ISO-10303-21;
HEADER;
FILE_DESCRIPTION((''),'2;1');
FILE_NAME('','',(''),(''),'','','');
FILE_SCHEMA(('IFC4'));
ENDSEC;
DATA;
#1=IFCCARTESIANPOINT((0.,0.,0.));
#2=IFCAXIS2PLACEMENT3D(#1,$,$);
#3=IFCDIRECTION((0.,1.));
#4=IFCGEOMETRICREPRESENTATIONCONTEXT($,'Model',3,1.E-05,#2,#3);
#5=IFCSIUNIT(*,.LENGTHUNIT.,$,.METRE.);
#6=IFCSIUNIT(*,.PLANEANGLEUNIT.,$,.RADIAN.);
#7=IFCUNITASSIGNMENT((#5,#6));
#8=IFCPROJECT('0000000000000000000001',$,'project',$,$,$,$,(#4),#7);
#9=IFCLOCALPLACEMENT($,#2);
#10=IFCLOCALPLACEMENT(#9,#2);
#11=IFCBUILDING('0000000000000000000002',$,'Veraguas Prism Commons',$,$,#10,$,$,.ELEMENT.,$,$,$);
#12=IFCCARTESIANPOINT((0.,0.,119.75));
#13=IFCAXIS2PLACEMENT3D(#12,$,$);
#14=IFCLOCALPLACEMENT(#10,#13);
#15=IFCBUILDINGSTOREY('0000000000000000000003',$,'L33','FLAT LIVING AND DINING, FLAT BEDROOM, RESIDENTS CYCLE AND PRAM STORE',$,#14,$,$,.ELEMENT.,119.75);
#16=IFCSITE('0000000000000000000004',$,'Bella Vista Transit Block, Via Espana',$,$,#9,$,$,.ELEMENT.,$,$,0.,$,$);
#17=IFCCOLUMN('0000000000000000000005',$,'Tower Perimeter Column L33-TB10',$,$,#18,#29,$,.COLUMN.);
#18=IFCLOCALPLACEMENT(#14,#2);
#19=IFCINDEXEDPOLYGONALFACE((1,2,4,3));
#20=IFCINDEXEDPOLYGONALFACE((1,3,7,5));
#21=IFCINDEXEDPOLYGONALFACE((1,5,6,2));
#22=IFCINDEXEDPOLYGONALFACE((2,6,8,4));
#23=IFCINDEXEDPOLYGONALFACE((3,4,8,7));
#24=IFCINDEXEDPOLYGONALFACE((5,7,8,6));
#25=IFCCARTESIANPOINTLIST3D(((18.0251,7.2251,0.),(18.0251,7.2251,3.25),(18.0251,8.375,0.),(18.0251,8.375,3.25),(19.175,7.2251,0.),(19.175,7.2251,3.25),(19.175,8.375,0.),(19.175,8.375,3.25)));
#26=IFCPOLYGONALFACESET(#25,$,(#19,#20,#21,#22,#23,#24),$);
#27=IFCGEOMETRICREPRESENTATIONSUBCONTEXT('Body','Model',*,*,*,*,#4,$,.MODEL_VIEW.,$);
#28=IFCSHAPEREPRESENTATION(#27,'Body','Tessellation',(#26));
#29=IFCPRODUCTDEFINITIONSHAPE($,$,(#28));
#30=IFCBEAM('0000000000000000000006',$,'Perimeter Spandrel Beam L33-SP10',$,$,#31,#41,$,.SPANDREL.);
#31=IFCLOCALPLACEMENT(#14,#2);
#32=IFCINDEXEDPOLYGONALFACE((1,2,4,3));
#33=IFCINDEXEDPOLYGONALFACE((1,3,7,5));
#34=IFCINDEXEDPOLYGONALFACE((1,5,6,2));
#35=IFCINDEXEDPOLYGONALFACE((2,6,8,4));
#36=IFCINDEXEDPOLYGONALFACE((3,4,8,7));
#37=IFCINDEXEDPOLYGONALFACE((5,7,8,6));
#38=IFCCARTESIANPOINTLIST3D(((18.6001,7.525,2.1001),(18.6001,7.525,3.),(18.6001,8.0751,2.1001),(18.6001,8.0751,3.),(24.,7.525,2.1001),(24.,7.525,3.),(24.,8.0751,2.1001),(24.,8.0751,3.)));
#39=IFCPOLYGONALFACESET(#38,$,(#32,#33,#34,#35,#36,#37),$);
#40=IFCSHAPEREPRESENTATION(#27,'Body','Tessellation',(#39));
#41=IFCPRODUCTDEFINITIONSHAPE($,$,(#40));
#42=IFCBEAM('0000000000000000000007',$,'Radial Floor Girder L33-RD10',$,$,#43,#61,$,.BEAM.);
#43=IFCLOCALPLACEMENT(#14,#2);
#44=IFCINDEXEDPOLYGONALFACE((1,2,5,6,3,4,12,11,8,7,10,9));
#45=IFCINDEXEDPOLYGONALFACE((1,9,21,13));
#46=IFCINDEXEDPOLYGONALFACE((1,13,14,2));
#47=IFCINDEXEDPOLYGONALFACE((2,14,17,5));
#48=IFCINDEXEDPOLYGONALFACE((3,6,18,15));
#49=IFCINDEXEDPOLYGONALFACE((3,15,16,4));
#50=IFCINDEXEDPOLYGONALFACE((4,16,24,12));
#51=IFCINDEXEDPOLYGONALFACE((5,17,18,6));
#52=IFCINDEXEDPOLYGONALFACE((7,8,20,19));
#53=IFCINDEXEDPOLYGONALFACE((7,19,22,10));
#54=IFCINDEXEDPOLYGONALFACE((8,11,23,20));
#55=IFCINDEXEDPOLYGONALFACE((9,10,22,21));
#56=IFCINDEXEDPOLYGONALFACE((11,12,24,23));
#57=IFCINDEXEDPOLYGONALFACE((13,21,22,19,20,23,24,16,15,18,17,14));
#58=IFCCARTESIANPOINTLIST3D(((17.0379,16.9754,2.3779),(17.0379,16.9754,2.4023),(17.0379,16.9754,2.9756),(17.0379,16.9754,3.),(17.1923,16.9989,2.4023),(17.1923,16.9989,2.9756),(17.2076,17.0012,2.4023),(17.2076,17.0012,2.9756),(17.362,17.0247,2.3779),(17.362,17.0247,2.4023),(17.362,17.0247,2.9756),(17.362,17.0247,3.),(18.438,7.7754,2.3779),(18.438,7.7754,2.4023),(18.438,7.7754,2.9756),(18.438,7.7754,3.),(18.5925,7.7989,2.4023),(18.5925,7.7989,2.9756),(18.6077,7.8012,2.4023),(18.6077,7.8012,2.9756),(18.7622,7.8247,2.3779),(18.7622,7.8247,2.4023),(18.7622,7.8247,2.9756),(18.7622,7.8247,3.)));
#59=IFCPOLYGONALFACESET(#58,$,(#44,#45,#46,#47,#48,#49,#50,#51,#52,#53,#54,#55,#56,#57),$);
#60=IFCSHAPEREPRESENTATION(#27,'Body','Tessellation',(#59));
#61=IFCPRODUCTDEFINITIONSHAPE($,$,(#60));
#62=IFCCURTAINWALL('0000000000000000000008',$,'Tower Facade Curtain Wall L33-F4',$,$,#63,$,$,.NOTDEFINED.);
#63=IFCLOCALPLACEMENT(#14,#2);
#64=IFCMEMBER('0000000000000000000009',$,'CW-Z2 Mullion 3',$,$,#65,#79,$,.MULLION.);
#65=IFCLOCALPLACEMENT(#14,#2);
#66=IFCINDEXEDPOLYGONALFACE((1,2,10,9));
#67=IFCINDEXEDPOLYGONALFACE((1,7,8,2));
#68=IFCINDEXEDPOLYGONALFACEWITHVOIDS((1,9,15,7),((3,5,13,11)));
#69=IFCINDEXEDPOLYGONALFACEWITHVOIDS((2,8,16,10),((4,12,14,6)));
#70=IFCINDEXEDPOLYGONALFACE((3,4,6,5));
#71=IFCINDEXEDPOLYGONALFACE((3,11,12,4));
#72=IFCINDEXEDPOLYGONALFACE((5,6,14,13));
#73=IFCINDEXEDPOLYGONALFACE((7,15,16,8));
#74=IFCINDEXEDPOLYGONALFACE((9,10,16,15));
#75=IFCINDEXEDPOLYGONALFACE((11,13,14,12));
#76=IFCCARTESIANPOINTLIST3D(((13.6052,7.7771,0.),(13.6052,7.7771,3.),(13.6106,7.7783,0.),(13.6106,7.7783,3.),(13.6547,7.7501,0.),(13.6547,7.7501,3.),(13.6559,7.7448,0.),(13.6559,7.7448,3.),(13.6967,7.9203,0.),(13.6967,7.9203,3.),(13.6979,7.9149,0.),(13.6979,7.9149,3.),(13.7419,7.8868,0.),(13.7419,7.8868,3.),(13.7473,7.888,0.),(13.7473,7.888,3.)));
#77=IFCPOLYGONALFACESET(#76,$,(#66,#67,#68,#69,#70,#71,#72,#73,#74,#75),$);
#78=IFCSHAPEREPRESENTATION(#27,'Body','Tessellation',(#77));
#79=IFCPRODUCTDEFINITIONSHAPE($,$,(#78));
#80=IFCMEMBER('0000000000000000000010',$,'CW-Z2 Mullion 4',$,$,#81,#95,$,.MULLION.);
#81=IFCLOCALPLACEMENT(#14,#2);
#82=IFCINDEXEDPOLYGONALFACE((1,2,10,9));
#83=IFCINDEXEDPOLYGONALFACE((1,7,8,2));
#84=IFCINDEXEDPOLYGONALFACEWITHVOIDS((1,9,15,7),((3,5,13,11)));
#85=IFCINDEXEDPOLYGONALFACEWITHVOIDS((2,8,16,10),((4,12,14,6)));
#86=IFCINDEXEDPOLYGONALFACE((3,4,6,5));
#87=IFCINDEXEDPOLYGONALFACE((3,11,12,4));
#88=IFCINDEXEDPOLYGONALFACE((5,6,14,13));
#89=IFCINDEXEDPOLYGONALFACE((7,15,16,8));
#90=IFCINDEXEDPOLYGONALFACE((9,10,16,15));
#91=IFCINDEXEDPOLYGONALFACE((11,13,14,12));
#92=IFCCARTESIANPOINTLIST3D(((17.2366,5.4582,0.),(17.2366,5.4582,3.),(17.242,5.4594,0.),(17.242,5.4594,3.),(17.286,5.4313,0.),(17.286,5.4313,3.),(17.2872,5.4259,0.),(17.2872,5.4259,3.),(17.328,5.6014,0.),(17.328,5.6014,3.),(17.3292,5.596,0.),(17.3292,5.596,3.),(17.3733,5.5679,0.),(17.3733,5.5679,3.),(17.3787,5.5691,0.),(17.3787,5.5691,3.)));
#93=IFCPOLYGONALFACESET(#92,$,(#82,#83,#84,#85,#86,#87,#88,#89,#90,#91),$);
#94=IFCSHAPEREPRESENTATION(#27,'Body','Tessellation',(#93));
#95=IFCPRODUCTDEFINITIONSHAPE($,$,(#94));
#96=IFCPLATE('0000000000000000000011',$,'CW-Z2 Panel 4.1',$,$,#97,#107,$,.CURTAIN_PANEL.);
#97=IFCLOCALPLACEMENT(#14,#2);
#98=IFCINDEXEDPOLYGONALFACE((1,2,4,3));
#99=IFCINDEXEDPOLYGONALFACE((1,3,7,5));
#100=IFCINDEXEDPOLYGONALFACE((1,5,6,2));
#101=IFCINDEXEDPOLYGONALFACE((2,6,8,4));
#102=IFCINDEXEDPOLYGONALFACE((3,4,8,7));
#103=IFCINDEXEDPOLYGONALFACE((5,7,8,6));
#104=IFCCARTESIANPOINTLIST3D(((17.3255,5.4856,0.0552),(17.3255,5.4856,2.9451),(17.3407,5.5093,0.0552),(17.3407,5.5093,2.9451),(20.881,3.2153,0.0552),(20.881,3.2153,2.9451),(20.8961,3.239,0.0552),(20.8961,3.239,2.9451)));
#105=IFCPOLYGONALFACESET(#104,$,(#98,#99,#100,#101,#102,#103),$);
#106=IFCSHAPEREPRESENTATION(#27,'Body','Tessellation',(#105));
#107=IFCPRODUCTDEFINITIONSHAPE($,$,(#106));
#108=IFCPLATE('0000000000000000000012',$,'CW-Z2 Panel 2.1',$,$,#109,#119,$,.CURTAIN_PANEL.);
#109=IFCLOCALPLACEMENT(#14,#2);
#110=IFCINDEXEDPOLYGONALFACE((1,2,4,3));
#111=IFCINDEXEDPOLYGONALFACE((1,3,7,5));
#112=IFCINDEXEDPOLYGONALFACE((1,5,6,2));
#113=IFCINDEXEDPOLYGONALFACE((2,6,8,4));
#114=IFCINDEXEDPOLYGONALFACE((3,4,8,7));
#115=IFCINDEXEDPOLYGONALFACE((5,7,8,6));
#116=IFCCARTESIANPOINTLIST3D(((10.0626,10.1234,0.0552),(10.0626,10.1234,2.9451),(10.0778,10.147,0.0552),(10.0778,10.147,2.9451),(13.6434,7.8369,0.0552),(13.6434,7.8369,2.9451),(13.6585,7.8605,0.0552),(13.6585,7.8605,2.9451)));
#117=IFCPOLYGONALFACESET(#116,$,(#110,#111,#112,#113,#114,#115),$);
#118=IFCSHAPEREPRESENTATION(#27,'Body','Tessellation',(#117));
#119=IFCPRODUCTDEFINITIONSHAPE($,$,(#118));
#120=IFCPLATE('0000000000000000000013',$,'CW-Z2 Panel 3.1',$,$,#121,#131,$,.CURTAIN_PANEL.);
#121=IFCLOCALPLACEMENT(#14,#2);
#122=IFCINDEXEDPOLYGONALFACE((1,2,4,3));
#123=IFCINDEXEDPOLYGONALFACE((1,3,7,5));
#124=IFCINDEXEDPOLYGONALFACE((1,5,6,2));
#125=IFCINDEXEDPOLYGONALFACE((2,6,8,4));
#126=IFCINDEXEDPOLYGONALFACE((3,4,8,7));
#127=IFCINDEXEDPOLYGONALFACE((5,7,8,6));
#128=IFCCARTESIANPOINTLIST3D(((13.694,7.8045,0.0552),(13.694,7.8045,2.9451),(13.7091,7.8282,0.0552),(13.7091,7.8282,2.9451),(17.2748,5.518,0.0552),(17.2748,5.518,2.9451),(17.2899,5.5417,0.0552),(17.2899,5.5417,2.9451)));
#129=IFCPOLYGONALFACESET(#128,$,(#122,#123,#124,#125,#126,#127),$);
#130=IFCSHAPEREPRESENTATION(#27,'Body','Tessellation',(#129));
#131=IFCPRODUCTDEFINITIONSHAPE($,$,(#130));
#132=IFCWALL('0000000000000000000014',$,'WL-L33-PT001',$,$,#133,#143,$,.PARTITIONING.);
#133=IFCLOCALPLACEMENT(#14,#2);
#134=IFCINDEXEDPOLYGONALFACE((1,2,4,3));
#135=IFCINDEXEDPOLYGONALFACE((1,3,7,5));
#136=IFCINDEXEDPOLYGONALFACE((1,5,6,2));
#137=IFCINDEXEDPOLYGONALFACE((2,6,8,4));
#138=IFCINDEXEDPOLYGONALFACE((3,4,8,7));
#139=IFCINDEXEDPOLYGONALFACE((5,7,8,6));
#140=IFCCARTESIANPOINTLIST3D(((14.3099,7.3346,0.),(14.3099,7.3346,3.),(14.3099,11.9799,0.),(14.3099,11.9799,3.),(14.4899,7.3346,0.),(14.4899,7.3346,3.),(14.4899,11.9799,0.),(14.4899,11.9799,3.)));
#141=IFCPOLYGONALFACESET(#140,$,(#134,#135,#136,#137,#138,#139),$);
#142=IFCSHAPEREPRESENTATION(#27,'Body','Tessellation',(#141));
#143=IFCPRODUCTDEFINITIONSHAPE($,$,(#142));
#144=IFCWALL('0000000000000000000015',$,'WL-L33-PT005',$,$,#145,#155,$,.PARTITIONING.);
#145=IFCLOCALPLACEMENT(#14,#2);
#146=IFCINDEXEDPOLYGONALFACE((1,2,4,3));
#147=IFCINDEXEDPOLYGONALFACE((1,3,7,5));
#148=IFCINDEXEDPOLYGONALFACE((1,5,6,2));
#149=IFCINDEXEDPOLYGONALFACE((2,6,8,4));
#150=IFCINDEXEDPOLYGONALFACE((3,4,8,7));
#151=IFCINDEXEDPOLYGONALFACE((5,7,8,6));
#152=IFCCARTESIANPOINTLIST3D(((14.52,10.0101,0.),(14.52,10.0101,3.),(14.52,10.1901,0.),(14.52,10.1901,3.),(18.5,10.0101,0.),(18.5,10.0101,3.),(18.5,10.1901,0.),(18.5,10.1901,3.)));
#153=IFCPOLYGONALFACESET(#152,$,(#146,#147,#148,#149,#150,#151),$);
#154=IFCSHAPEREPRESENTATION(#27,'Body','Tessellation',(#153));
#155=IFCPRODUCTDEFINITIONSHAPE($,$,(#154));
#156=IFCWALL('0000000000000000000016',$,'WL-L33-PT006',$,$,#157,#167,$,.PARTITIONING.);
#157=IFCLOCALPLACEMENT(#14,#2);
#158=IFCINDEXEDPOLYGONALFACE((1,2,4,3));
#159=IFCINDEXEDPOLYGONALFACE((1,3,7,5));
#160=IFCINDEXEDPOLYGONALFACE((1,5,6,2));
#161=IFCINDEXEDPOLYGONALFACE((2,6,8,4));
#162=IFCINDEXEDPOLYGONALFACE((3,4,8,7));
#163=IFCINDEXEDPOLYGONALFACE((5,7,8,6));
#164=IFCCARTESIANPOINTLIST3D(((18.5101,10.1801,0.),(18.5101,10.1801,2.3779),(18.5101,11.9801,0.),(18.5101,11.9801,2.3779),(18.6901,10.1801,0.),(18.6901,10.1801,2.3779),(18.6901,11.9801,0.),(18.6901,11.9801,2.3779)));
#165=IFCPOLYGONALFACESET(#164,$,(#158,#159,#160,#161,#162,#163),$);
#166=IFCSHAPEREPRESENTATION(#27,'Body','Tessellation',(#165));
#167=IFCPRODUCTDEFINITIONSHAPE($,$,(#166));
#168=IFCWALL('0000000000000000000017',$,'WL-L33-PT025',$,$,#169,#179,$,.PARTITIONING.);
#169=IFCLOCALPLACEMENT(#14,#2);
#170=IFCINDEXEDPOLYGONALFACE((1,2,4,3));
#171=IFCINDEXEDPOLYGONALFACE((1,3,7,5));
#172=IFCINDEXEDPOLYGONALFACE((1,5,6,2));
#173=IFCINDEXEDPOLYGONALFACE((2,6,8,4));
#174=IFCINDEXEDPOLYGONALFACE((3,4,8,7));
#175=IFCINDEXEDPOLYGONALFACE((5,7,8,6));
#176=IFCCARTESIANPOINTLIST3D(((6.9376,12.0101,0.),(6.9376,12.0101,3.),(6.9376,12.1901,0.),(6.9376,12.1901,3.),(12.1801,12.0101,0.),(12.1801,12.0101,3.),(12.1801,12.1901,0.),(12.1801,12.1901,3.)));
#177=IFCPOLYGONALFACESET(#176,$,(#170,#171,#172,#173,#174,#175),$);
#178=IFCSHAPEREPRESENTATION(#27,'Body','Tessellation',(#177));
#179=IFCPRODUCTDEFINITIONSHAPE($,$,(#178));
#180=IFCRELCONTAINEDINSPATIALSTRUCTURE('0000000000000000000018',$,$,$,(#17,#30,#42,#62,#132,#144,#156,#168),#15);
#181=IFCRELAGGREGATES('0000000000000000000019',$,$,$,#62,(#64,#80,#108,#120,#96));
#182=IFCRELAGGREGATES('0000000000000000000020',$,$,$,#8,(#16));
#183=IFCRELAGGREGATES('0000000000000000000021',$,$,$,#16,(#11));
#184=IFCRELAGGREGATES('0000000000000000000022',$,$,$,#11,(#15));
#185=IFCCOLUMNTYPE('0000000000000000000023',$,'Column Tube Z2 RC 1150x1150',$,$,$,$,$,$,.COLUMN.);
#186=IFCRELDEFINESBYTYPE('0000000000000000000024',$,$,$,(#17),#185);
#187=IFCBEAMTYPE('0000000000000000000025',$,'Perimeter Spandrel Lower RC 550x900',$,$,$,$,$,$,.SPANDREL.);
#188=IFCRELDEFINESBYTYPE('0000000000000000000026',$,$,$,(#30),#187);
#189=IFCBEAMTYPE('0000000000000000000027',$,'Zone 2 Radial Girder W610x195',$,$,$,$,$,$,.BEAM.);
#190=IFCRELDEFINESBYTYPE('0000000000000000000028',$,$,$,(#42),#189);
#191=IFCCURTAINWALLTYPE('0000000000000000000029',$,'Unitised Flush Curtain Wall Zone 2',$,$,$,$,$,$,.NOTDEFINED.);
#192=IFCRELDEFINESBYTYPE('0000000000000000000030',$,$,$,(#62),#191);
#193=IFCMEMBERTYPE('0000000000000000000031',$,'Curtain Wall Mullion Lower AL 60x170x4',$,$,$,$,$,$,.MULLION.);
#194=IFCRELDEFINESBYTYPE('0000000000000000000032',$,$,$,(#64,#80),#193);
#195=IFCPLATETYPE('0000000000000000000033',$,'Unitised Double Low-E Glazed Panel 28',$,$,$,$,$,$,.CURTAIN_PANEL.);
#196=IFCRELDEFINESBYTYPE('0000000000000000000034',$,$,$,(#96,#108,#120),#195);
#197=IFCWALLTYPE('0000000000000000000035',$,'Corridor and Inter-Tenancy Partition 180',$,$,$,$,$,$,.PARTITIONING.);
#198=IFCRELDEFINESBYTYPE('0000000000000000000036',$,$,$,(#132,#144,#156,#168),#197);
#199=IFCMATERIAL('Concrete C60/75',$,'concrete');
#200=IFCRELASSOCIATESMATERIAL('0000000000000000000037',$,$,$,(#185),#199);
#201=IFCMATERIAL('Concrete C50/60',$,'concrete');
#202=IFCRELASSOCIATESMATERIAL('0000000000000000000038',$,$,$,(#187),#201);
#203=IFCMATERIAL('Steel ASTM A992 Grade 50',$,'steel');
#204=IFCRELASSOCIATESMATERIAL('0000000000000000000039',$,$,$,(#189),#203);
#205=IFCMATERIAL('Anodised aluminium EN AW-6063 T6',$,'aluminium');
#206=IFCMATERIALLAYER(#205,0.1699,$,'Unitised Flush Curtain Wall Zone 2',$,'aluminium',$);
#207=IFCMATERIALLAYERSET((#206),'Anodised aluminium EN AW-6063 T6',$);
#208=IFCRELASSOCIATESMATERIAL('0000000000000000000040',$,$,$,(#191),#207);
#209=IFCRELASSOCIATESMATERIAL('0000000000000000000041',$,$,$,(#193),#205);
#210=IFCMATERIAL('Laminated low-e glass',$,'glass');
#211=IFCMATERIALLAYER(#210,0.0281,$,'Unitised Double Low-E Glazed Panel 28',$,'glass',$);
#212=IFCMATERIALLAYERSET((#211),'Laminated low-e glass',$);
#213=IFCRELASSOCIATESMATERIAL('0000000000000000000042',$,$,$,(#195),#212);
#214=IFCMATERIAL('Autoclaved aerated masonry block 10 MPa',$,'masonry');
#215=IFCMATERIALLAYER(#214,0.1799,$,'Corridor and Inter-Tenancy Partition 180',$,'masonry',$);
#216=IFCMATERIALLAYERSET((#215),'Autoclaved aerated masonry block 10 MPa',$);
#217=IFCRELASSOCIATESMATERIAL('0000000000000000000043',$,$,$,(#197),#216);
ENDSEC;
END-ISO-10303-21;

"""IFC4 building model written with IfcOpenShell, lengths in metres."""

from ifc_helpers import new_model, si_unit, direction, frame, frame_2d, origin, origin_2d, place, context, subcontext, project, spatial, rectangle, hollow_rectangle, i_section, extrude, source, transform, mapped, material, layer, layer_set, material_profile, profile_set, type_object, element, aggregate, save


model = new_model("IFC4")

# Units and contexts
model_context = context("Model", 3, precision=1e-05, world=origin(), true_north=direction((0.0, 1.0)))
body_context = subcontext(model_context, "Body", "Model", "MODEL_VIEW")
ifc_project = project(units=[si_unit("LENGTHUNIT", "METRE"), si_unit("PLANEANGLEUNIT", "RADIAN")], contexts=[model_context])

# Site, building, storey
site_placement = place(None, origin())
site = spatial("IfcSite", under=ifc_project, at=site_placement, Name="Bella Vista Transit Block, Via Espana", CompositionType="ELEMENT", RefElevation=0.0)
building_placement = place(site_placement, origin())
building = spatial("IfcBuilding", under=site, at=building_placement, Name="Veraguas Prism Commons", CompositionType="ELEMENT")
storey_placement = place(building_placement, frame((0.0, 0.0, 119.75)))
storey = spatial("IfcBuildingStorey", under=building, at=storey_placement, Name="L33", Description="FLAT LIVING AND DINING, FLAT BEDROOM, RESIDENTS CYCLE AND PRAM STORE", CompositionType="ELEMENT", Elevation=119.75)

# Column
ifc_material_1 = material(Name="Concrete C60/75", Category="concrete")
ifc_material_profile_1 = material_profile(ifc_material_1, rectangle(XDim=1.1499, YDim=1.1499, at=origin_2d()), Name="RC1150X1150")
ifc_profile_set_1 = profile_set([ifc_material_profile_1], Name="Concrete C60/75")
column_type = type_object("IfcColumnType", Name="Column Tube Z2 RC 1150x1150", PredefinedType="COLUMN", material=ifc_profile_set_1)
column_placement = place(storey_placement, frame((18.6001, 7.8, 0.0), z_axis=(0.0, 0.0, 1.0), x_axis=(1.0, 0.0, 0.0)))
element("IfcColumn", 1, at=column_placement, inside=storey, type_object=column_type, Name="Tower Perimeter Column L33-TB10", PredefinedType="COLUMN", context=body_context, shape_type="SweptSolid", body=[
    extrude(rectangle(XDim=1.1499, YDim=1.1499, at=origin_2d()), origin(), (0.0, 0.0, 1.0), 3.25),
])

# Beams
ifc_material_2 = material(Name="Concrete C50/60", Category="concrete")
ifc_material_profile_2 = material_profile(ifc_material_2, rectangle(XDim=0.55, YDim=0.8999, at=origin_2d()), Name="RC550X900")
ifc_profile_set_2 = profile_set([ifc_material_profile_2], Name="Concrete C50/60")
beam_type_1 = type_object("IfcBeamType", Name="Perimeter Spandrel Lower RC 550x900", PredefinedType="SPANDREL", material=ifc_profile_set_2)
beam_1_placement = place(storey_placement, frame((18.6001, 7.8, 2.55), z_axis=(1.0, 0.0, 0.0), x_axis=(0.0, 1.0, 0.0)))
element("IfcBeam", 2, at=beam_1_placement, inside=storey, type_object=beam_type_1, Name="Perimeter Spandrel Beam L33-SP10", PredefinedType="SPANDREL", context=body_context, shape_type="SweptSolid", body=[
    extrude(rectangle(XDim=0.55, YDim=0.8999, at=origin_2d()), origin(), (0.0, 0.0, 1.0), 5.3999),
])
ifc_material_3 = material(Name="Steel ASTM A992 Grade 50", Category="steel")
ifc_material_profile_3 = material_profile(ifc_material_3, i_section(OverallWidth=0.3279, OverallDepth=0.6221, WebThickness=0.0154, FlangeThickness=0.0244, at=origin_2d()), Name="W610X195")
ifc_profile_set_3 = profile_set([ifc_material_profile_3], Name="Steel ASTM A992 Grade 50")
beam_type_2 = type_object("IfcBeamType", Name="Zone 2 Radial Girder W610x195", PredefinedType="BEAM", material=ifc_profile_set_3)
beam_2_placement = place(storey_placement, frame((18.6001, 7.8, 2.689), z_axis=(-0.150458, 0.988616, 0.0), x_axis=(-0.988616, -0.150458, 0.0)))
element("IfcBeam", 3, at=beam_2_placement, inside=storey, type_object=beam_type_2, Name="Radial Floor Girder L33-RD10", PredefinedType="BEAM", context=body_context, shape_type="SweptSolid", body=[
    extrude(i_section(OverallWidth=0.3279, OverallDepth=0.6221, WebThickness=0.0154, FlangeThickness=0.0244, at=origin_2d()), origin(), (0.0, 0.0, 1.0), 9.3059),
])

# Curtain wall, members, plates
ifc_material_4 = material(Name="Anodised aluminium EN AW-6063 T6", Category="aluminium")
ifc_layer_1 = layer(ifc_material_4, 0.1699, Name="Unitised Flush Curtain Wall Zone 2", Category="aluminium")
ifc_layer_set_1 = layer_set([ifc_layer_1], Name="Anodised aluminium EN AW-6063 T6")
curtain_wall_type = type_object("IfcCurtainWallType", Name="Unitised Flush Curtain Wall Zone 2", PredefinedType="NOTDEFINED", material=ifc_layer_set_1)
curtain_wall_placement = place(storey_placement, origin())
curtain_wall = element("IfcCurtainWall", 4, at=curtain_wall_placement, inside=storey, type_object=curtain_wall_type, Name="Tower Facade Curtain Wall L33-F4", PredefinedType="NOTDEFINED")
ifc_material_profile_4 = material_profile(ifc_material_4, hollow_rectangle(XDim=0.0601, YDim=0.1699, WallThickness=0.0039, at=origin_2d()), Name="AL60X170X4")
ifc_profile_set_4 = profile_set([ifc_material_profile_4], Name="Anodised aluminium EN AW-6063 T6")
member_type = type_object("IfcMemberType", Name="Curtain Wall Mullion Lower AL 60x170x4", PredefinedType="MULLION", material=ifc_profile_set_4)
shared_shape_1 = source(origin(), body_context, "Body", "SweptSolid", [
    extrude(hollow_rectangle(XDim=0.0601, YDim=0.1699, WallThickness=0.0039, at=origin_2d()), origin(), (0.0, 0.0, 1.0), 3.0),
])
member_1_placement = place(storey_placement, frame((13.6763, 7.8325, 0.0), z_axis=(0.0, 0.0, 1.0), x_axis=(0.842827, -0.538184, 0.0)))
member_1 = element("IfcMember", 5, at=member_1_placement, type_object=member_type, Name="CW-Z2 Mullion 3", PredefinedType="MULLION", context=body_context, shape_type="MappedRepresentation", body=[
    mapped(shared_shape_1, transform((0.0, 0.0, 0.0), scale=1.0)),
])
member_2_placement = place(storey_placement, frame((17.3076, 5.5137, 0.0), z_axis=(0.0, 0.0, 1.0), x_axis=(0.842827, -0.538184, 0.0)))
member_2 = element("IfcMember", 6, at=member_2_placement, type_object=member_type, Name="CW-Z2 Mullion 4", PredefinedType="MULLION", context=body_context, shape_type="MappedRepresentation", body=[
    mapped(shared_shape_1, transform((0.0, 0.0, 0.0), scale=1.0)),
])
ifc_material_5 = material(Name="Laminated low-e glass", Category="glass")
ifc_layer_2 = layer(ifc_material_5, 0.0281, Name="Unitised Double Low-E Glazed Panel 28", Category="glass")
ifc_layer_set_2 = layer_set([ifc_layer_2], Name="Laminated low-e glass")
plate_type = type_object("IfcPlateType", Name="Unitised Double Low-E Glazed Panel 28", PredefinedType="CURTAIN_PANEL", material=ifc_layer_set_2)
shared_shape_2 = source(origin(), body_context, "Body", "SweptSolid", [
    extrude(rectangle(XDim=4.2185, YDim=0.0281, at=origin_2d()), origin(), (0.0, 0.0, 1.0), 2.8899),
])
plate_1_placement = place(storey_placement, frame((19.1108, 4.3623, 0.0552), z_axis=(0.0, 0.0, 1.0), x_axis=(0.842827, -0.538184, 0.0)))
plate_1 = element("IfcPlate", 7, at=plate_1_placement, type_object=plate_type, Name="CW-Z2 Panel 4.1", PredefinedType="CURTAIN_PANEL", context=body_context, shape_type="MappedRepresentation", body=[
    mapped(shared_shape_2, transform((0.0, 0.0, 0.0), scale=1.0)),
])
shared_shape_3 = source(origin(), body_context, "Body", "SweptSolid", [
    extrude(rectangle(XDim=4.2485, YDim=0.0281, at=origin_2d()), origin(), (0.0, 0.0, 1.0), 2.8899),
])
plate_2_placement = place(storey_placement, frame((11.8606, 8.9919, 0.0552), z_axis=(0.0, 0.0, 1.0), x_axis=(0.842827, -0.538184, 0.0)))
plate_2 = element("IfcPlate", 8, at=plate_2_placement, type_object=plate_type, Name="CW-Z2 Panel 2.1", PredefinedType="CURTAIN_PANEL", context=body_context, shape_type="MappedRepresentation", body=[
    mapped(shared_shape_3, transform((0.0, 0.0, 0.0), scale=1.0)),
])
plate_3_placement = place(storey_placement, frame((15.4919, 6.6731, 0.0552), z_axis=(0.0, 0.0, 1.0), x_axis=(0.842827, -0.538184, 0.0)))
plate_3 = element("IfcPlate", 9, at=plate_3_placement, type_object=plate_type, Name="CW-Z2 Panel 3.1", PredefinedType="CURTAIN_PANEL", context=body_context, shape_type="MappedRepresentation", body=[
    mapped(shared_shape_3, transform((0.0, 0.0, 0.0), scale=1.0)),
])
aggregate(curtain_wall, [member_1, member_2, plate_2, plate_3, plate_1])

# Walls
ifc_material_6 = material(Name="Autoclaved aerated masonry block 10 MPa", Category="masonry")
ifc_layer_3 = layer(ifc_material_6, 0.1799, Name="Corridor and Inter-Tenancy Partition 180", Category="masonry")
ifc_layer_set_3 = layer_set([ifc_layer_3], Name="Autoclaved aerated masonry block 10 MPa")
wall_type_1 = type_object("IfcWallType", Name="Corridor and Inter-Tenancy Partition 180", PredefinedType="PARTITIONING", material=ifc_layer_set_3)
wall_1_placement = place(storey_placement, frame((14.3999, 11.98, 0.0), z_axis=(0.0, 0.0, 1.0), x_axis=(0.0, -1.0, 0.0)))
element("IfcWall", 10, at=wall_1_placement, inside=storey, type_object=wall_type_1, Name="WL-L33-PT001", PredefinedType="PARTITIONING", context=body_context, shape_type="SweptSolid", body=[
    extrude(rectangle(XDim=4.6453, YDim=0.1799, at=frame_2d((2.3228, 0.0))), origin(), (0.0, 0.0, 1.0), 3.0),
])
wall_2_placement = place(storey_placement, frame((14.52, 10.1001, 0.0), z_axis=(0.0, 0.0, 1.0), x_axis=(1.0, 0.0, 0.0)))
element("IfcWall", 11, at=wall_2_placement, inside=storey, type_object=wall_type_1, Name="WL-L33-PT005", PredefinedType="PARTITIONING", context=body_context, shape_type="SweptSolid", body=[
    extrude(rectangle(XDim=3.98, YDim=0.1799, at=frame_2d((1.99, 0.0))), origin(), (0.0, 0.0, 1.0), 3.0),
])
wall_3_placement = place(storey_placement, frame((18.6001, 11.98, 0.0), z_axis=(0.0, 0.0, 1.0), x_axis=(0.0, -1.0, 0.0)))
element("IfcWall", 12, at=wall_3_placement, inside=storey, type_object=wall_type_1, Name="WL-L33-PT006", PredefinedType="PARTITIONING", context=body_context, shape_type="SweptSolid", body=[
    extrude(rectangle(XDim=1.8, YDim=0.1799, at=frame_2d((0.8999, 0.0))), origin(), (0.0, 0.0, 1.0), 2.3779),
])
wall_4_placement = place(storey_placement, frame((12.1799, 12.1001, 0.0), z_axis=(0.0, 0.0, 1.0), x_axis=(-1.0, 0.0, 0.0)))
element("IfcWall", 13, at=wall_4_placement, inside=storey, type_object=wall_type_1, Name="WL-L33-PT025", PredefinedType="PARTITIONING", context=body_context, shape_type="SweptSolid", body=[
    extrude(rectangle(XDim=5.2424, YDim=0.1799, at=frame_2d((2.6211, 0.0))), origin(), (0.0, 0.0, 1.0), 3.0),
])

save(model, "model.ifc")
